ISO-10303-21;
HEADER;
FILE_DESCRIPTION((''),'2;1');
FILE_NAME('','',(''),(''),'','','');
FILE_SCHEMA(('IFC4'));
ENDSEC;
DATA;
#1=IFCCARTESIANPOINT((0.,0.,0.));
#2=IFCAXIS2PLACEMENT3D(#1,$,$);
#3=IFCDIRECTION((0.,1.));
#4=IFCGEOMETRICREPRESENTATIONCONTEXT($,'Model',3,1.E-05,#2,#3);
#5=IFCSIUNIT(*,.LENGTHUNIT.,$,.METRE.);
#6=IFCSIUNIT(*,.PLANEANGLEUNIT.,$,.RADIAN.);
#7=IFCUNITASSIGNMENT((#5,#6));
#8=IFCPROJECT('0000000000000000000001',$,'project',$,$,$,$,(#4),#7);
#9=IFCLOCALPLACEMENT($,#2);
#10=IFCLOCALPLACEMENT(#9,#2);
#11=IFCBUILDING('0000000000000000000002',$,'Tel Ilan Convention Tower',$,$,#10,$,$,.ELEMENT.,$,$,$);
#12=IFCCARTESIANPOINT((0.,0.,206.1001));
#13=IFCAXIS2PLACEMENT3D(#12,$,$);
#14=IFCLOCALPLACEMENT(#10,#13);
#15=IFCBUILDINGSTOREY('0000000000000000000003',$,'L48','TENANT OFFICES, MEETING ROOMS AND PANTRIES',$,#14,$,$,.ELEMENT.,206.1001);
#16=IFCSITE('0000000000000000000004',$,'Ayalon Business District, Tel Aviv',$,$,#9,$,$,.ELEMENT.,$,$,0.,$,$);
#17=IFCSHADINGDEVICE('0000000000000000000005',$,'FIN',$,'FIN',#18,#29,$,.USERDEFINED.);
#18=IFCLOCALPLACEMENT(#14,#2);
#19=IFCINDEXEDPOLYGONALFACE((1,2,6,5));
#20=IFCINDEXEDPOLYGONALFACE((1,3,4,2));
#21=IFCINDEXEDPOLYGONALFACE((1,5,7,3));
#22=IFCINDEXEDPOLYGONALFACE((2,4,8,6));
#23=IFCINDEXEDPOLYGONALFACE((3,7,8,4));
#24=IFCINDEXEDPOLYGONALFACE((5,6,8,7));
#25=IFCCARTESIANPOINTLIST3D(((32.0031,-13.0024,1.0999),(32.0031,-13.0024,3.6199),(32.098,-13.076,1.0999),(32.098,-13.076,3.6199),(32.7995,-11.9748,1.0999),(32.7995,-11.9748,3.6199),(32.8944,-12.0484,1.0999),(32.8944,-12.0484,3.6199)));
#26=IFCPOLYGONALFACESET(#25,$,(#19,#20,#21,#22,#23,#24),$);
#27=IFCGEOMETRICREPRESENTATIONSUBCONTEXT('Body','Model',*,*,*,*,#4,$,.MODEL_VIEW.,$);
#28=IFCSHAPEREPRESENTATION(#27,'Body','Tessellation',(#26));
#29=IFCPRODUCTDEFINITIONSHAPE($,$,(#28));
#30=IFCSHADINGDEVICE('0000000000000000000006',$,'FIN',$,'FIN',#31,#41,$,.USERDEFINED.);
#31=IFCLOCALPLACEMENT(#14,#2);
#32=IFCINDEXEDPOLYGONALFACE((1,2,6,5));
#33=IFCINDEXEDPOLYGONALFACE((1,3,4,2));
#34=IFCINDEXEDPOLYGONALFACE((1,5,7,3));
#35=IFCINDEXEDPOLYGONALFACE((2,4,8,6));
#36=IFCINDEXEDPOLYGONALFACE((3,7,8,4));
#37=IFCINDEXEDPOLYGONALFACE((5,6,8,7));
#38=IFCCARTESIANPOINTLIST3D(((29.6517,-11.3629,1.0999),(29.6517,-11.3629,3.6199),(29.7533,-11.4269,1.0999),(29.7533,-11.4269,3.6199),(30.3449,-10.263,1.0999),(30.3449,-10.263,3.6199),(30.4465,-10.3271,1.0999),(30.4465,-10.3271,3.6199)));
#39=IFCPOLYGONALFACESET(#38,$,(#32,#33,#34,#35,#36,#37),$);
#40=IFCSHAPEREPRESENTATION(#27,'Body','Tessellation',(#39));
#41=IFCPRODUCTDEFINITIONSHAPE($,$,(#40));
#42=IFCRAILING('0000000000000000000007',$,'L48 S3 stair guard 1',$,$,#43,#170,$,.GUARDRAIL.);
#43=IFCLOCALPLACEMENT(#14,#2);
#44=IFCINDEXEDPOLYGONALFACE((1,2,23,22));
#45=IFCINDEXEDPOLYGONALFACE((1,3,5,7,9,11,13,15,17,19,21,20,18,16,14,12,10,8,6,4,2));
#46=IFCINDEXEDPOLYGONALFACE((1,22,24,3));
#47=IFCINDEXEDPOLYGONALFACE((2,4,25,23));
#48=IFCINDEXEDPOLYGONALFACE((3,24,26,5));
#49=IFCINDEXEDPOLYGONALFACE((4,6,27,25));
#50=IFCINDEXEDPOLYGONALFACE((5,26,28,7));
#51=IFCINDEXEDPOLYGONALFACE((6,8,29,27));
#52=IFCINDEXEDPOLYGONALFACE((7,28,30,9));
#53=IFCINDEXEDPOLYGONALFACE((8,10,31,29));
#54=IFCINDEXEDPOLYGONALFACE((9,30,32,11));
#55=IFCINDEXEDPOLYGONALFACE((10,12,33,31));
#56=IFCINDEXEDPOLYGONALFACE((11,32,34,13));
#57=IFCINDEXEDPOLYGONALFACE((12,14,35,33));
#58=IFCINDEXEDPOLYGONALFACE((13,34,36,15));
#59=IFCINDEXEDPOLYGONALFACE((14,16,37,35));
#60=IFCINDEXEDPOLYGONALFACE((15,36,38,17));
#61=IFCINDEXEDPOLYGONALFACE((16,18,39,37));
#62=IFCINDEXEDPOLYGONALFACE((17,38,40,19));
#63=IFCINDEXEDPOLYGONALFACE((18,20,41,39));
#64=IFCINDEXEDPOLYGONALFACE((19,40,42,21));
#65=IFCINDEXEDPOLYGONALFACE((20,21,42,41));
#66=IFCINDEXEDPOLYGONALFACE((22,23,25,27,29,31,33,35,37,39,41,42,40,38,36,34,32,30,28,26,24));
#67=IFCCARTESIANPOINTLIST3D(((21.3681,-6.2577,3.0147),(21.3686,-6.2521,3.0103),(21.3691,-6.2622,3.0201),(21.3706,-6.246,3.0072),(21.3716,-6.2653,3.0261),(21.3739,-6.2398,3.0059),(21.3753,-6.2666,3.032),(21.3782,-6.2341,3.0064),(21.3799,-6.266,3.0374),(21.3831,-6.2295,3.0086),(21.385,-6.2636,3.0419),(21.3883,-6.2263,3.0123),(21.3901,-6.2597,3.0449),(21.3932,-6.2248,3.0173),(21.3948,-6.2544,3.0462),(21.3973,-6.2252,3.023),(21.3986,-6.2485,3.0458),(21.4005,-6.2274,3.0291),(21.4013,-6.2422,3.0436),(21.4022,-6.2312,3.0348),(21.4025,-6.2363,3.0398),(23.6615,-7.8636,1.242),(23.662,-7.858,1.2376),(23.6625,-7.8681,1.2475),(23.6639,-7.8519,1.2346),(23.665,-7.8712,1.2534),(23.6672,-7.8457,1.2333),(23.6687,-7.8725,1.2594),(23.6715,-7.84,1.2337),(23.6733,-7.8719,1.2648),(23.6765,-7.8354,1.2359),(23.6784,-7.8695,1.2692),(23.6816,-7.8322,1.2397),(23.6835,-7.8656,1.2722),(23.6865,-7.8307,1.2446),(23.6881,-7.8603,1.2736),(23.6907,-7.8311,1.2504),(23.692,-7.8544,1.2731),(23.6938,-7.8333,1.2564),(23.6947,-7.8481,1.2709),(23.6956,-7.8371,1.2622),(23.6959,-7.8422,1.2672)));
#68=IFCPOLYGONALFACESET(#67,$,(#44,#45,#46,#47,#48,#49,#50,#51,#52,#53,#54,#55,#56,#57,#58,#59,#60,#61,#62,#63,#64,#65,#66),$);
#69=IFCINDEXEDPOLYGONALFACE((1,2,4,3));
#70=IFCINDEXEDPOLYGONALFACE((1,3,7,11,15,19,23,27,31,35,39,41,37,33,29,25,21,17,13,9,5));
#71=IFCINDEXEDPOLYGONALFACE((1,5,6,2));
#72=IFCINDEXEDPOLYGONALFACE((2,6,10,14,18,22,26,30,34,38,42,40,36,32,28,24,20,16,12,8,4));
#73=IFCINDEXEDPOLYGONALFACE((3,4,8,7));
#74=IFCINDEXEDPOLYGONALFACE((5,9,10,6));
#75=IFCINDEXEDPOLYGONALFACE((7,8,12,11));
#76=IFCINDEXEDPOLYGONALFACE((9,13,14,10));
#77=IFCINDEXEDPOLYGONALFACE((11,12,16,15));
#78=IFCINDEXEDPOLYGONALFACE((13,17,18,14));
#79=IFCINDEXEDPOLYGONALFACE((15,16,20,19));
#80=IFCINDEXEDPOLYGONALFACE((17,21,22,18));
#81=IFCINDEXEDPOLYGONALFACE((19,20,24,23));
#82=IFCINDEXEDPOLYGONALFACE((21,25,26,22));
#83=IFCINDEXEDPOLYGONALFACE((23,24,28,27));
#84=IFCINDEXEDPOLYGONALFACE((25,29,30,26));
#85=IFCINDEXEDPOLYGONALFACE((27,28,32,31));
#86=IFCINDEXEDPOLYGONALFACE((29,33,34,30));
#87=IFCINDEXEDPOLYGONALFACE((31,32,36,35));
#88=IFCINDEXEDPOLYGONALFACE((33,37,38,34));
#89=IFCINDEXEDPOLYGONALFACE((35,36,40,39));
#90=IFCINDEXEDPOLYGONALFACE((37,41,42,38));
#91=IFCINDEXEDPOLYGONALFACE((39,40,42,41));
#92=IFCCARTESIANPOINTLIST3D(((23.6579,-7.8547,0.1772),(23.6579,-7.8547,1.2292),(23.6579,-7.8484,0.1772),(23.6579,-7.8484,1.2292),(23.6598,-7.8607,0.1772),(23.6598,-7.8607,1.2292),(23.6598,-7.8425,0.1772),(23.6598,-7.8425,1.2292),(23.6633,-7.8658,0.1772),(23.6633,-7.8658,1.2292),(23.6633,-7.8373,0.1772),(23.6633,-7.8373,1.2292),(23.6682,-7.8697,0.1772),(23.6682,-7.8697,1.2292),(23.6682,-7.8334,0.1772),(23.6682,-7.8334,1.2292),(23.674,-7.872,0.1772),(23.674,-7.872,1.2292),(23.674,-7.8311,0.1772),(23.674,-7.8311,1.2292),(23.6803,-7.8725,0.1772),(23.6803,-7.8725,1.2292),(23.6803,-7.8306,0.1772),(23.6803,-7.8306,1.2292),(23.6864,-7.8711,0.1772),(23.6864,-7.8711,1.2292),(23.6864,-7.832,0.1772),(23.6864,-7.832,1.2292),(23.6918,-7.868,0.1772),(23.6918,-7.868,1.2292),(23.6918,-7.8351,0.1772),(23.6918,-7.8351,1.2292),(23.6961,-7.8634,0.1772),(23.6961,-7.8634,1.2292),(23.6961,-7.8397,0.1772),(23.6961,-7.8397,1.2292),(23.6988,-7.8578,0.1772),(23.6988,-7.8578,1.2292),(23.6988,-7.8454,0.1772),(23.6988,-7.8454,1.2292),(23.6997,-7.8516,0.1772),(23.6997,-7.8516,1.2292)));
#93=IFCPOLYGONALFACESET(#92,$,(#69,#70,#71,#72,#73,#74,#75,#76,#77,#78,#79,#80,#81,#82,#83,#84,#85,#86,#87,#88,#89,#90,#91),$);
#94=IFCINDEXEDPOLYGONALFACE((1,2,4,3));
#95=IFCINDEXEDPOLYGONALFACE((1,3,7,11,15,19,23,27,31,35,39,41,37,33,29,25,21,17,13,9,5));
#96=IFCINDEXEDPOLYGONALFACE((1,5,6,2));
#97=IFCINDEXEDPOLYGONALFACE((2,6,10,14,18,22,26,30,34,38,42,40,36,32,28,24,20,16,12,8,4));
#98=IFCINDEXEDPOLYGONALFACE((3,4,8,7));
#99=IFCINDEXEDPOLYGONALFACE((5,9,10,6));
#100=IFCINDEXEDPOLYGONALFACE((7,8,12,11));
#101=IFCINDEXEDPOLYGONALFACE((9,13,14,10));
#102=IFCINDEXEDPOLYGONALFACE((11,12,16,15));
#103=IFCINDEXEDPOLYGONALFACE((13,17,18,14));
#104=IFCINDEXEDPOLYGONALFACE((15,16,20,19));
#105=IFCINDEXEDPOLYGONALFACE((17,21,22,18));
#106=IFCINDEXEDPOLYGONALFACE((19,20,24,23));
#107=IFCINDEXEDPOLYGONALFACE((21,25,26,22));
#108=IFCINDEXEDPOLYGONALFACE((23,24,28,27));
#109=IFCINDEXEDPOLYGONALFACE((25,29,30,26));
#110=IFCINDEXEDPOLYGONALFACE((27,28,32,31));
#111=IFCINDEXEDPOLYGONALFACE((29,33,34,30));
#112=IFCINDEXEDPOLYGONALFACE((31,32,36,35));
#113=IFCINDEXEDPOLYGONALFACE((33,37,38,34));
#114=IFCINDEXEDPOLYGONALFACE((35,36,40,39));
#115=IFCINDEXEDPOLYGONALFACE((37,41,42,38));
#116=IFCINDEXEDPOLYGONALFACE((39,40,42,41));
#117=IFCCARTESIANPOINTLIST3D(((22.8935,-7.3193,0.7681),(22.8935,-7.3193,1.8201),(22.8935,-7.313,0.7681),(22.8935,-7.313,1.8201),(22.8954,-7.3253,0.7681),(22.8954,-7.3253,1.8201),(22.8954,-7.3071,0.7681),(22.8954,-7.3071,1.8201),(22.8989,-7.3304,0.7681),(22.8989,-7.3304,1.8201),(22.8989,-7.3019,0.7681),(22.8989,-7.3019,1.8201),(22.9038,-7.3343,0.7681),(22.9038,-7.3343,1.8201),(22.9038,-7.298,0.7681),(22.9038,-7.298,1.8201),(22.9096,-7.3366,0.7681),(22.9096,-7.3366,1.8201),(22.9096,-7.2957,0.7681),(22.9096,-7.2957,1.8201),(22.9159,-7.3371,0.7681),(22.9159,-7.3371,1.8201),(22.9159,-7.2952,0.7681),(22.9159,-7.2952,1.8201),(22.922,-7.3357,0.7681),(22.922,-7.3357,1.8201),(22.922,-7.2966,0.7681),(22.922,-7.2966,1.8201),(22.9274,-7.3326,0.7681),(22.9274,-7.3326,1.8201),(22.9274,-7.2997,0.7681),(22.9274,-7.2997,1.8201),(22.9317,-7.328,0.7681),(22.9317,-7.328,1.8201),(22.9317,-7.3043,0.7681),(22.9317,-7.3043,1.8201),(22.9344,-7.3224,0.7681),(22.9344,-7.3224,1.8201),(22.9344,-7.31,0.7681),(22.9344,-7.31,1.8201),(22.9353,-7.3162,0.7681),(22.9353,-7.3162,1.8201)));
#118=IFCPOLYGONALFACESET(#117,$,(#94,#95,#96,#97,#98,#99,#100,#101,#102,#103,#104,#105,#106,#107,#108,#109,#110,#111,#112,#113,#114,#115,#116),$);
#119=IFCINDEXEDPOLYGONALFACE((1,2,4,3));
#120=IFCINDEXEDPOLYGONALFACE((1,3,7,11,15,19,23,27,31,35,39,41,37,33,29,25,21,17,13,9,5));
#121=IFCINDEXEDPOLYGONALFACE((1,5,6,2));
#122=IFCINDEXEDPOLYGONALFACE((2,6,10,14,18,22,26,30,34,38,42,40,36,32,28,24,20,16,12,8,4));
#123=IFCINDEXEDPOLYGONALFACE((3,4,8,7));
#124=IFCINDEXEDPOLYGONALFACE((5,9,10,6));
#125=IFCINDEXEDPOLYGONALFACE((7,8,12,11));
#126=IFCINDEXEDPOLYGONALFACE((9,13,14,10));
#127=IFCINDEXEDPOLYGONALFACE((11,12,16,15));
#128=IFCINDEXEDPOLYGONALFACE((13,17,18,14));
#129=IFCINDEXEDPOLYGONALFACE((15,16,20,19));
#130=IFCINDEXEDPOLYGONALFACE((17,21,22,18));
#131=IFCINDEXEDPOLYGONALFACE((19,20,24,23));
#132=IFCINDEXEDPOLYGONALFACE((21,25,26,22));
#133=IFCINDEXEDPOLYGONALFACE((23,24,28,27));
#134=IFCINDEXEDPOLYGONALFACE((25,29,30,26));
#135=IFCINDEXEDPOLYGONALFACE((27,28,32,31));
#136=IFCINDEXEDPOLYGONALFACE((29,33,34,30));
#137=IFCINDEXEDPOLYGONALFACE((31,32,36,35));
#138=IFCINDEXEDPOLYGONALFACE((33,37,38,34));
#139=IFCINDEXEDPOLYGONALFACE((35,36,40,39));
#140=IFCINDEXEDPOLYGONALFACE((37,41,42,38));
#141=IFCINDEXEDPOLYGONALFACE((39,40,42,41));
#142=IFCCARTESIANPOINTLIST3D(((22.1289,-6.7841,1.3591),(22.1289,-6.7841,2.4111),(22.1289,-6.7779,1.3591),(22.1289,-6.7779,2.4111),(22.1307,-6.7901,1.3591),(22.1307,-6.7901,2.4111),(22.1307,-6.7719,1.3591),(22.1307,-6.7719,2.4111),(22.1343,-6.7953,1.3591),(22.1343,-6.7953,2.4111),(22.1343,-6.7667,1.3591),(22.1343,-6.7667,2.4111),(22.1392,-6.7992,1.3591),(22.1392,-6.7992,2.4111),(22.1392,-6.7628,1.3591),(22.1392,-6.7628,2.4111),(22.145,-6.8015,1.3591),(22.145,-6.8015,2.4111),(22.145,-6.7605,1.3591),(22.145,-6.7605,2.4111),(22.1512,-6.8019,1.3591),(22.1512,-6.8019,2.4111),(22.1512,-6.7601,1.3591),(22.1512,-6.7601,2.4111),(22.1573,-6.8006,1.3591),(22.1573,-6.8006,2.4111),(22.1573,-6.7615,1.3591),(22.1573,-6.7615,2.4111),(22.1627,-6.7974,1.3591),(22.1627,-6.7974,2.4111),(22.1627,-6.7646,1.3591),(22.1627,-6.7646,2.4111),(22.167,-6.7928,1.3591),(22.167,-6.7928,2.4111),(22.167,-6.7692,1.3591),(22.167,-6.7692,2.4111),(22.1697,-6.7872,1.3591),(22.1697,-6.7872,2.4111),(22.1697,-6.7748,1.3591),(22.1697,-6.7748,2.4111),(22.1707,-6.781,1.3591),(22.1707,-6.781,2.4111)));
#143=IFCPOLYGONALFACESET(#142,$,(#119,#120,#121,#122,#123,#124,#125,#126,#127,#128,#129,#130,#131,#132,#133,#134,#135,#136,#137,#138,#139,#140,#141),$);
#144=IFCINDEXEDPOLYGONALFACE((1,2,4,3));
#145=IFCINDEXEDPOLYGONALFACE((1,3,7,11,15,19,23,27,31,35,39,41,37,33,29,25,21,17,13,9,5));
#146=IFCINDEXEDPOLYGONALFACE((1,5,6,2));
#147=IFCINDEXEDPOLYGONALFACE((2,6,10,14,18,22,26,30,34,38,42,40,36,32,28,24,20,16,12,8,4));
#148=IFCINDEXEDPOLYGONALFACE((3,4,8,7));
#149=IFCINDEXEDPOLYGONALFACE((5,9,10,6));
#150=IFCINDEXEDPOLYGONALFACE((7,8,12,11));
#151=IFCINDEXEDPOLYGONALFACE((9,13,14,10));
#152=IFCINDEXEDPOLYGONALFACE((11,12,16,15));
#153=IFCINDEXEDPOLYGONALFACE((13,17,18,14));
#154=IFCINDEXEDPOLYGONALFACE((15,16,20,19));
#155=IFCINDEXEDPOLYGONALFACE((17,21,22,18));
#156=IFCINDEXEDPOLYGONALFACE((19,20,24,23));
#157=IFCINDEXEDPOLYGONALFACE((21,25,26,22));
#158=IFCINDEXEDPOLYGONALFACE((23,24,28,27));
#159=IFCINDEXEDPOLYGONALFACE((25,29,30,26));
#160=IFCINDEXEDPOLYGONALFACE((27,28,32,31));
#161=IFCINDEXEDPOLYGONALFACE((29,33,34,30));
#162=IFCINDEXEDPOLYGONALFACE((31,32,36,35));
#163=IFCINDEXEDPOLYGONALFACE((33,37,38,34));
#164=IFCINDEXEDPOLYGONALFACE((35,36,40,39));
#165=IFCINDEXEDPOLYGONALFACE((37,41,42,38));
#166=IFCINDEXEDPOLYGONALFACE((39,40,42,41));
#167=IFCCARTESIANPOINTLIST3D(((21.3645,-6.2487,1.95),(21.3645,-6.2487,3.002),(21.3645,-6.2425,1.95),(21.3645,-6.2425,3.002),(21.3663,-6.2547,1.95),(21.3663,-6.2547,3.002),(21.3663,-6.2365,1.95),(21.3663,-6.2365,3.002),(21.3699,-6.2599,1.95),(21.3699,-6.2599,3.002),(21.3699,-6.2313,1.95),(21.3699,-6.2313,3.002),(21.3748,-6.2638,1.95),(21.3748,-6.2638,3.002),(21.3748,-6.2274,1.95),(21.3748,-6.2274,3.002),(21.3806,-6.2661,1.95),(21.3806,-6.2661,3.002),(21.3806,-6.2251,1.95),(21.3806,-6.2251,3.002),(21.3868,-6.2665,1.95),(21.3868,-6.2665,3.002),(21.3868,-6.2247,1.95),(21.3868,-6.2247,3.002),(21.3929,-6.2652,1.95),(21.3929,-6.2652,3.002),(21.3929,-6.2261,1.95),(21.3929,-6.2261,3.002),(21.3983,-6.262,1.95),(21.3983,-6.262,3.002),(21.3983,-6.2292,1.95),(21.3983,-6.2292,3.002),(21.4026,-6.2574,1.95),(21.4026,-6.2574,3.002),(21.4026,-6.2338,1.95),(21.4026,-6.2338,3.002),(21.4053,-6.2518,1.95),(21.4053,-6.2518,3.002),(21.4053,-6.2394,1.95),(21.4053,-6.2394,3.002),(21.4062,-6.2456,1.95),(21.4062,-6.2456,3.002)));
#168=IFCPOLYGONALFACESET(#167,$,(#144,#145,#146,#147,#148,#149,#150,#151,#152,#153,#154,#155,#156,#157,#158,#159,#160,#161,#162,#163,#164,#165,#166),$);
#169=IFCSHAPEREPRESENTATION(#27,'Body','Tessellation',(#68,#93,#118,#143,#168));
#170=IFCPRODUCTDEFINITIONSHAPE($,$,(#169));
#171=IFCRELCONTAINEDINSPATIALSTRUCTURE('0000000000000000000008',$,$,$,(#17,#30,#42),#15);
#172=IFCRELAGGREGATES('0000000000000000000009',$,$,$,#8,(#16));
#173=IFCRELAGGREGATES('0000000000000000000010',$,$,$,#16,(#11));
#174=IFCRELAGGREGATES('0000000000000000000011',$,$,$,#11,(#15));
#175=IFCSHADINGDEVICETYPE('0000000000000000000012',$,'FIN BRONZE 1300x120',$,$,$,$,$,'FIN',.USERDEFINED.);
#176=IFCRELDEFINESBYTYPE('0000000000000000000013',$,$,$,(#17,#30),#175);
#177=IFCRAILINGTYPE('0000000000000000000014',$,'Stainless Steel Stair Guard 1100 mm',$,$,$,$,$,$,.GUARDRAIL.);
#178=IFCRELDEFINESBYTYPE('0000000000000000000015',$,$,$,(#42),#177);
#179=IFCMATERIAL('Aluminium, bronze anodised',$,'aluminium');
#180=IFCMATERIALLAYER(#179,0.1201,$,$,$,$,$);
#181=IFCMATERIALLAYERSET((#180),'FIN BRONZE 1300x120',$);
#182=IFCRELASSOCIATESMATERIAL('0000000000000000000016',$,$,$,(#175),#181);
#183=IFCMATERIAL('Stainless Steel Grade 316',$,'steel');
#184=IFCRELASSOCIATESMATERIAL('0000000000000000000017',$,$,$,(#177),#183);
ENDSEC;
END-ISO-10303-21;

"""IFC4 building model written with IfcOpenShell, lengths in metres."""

from ifc_helpers import new_model, si_unit, direction, frame, origin, origin_2d, place, context, subcontext, project, spatial, rectangle, circle, extrude, material, layer, layer_set, type_object, element, save


model = new_model("IFC4")

# Units and contexts
model_context = context("Model", 3, precision=1e-05, world=origin(), true_north=direction((0.0, 1.0)))
body_context = subcontext(model_context, "Body", "Model", "MODEL_VIEW")
ifc_project = project(units=[si_unit("LENGTHUNIT", "METRE"), si_unit("PLANEANGLEUNIT", "RADIAN")], contexts=[model_context])

# Site, building, storey
site_placement = place(None, origin())
site = spatial("IfcSite", under=ifc_project, at=site_placement, Name="Ayalon Business District, Tel Aviv", CompositionType="ELEMENT", RefElevation=0.0)
building_placement = place(site_placement, origin())
building = spatial("IfcBuilding", under=site, at=building_placement, Name="Tel Ilan Convention Tower", CompositionType="ELEMENT")
storey_placement = place(building_placement, frame((0.0, 0.0, 206.1001)))
storey = spatial("IfcBuildingStorey", under=building, at=storey_placement, Name="L48", Description="TENANT OFFICES, MEETING ROOMS AND PANTRIES", CompositionType="ELEMENT", Elevation=206.1001)

# Shading devices
ifc_material_1 = material(Name="Aluminium, bronze anodised", Category="aluminium")
ifc_layer_1 = layer(ifc_material_1, 0.1201)
ifc_layer_set_1 = layer_set([ifc_layer_1], Name="FIN BRONZE 1300x120")
shading_device_type = type_object("IfcShadingDeviceType", Name="FIN BRONZE 1300x120", ElementType="FIN", PredefinedType="USERDEFINED", material=ifc_layer_set_1)
for number, where, z_axis, x_axis, name in (
    (1, (32.4487, -12.5254, 1.0999), (0.0, 0.0, 1.0), (0.612601, 0.790393, 0.0), "FIN"),
    (2, (30.0491, -10.845, 1.0999), (0.0, 0.0, 1.0), (0.533204, 0.845986, 0.0), "FIN"),
):
    element("IfcShadingDevice", number, at=place(storey_placement, frame(where, z_axis=z_axis, x_axis=x_axis)), inside=storey, type_object=shading_device_type, Name=name, ObjectType="FIN", PredefinedType="USERDEFINED", context=body_context, shape_type="SweptSolid", body=[
        extrude(rectangle(XDim=1.3, YDim=0.1201, at=origin_2d()), origin(), (0.0, 0.0, 1.0), 2.52),
    ])

# Railing
ifc_material_2 = material(Name="Stainless Steel Grade 316", Category="steel")
railing_type_1 = type_object("IfcRailingType", Name="Stainless Steel Stair Guard 1100 mm", PredefinedType="GUARDRAIL", material=ifc_material_2)
railing_1_placement = place(storey_placement, frame((23.6787, -7.8516, 0.1772)))
element("IfcRailing", 3, at=railing_1_placement, inside=storey, type_object=railing_type_1, Name="L48 S3 stair guard 1", PredefinedType="GUARDRAIL", context=body_context, shape_type="SweptSolid", body=[
    extrude(circle(Radius=0.0239, at=origin_2d()), frame((0.0, 0.0, 1.0762), z_axis=(-0.692085, 0.484621, 0.53494), x_axis=(-0.573591, -0.819142, 0.0)), (0.0, 0.0, 1.0), 3.3137),
    extrude(circle(Radius=0.021, at=origin_2d()), origin(), (0.0, 0.0, 1.0), 1.052),
    extrude(circle(Radius=0.021, at=origin_2d()), frame((-0.7644, 0.5354, 0.5908)), (0.0, 0.0, 1.0), 1.052),
    extrude(circle(Radius=0.021, at=origin_2d()), frame((-1.5291, 1.0706, 1.1819)), (0.0, 0.0, 1.0), 1.052),
    extrude(circle(Radius=0.021, at=origin_2d()), frame((-2.2935, 1.606, 1.7727)), (0.0, 0.0, 1.0), 1.052),
])

save(model, "model.ifc")
